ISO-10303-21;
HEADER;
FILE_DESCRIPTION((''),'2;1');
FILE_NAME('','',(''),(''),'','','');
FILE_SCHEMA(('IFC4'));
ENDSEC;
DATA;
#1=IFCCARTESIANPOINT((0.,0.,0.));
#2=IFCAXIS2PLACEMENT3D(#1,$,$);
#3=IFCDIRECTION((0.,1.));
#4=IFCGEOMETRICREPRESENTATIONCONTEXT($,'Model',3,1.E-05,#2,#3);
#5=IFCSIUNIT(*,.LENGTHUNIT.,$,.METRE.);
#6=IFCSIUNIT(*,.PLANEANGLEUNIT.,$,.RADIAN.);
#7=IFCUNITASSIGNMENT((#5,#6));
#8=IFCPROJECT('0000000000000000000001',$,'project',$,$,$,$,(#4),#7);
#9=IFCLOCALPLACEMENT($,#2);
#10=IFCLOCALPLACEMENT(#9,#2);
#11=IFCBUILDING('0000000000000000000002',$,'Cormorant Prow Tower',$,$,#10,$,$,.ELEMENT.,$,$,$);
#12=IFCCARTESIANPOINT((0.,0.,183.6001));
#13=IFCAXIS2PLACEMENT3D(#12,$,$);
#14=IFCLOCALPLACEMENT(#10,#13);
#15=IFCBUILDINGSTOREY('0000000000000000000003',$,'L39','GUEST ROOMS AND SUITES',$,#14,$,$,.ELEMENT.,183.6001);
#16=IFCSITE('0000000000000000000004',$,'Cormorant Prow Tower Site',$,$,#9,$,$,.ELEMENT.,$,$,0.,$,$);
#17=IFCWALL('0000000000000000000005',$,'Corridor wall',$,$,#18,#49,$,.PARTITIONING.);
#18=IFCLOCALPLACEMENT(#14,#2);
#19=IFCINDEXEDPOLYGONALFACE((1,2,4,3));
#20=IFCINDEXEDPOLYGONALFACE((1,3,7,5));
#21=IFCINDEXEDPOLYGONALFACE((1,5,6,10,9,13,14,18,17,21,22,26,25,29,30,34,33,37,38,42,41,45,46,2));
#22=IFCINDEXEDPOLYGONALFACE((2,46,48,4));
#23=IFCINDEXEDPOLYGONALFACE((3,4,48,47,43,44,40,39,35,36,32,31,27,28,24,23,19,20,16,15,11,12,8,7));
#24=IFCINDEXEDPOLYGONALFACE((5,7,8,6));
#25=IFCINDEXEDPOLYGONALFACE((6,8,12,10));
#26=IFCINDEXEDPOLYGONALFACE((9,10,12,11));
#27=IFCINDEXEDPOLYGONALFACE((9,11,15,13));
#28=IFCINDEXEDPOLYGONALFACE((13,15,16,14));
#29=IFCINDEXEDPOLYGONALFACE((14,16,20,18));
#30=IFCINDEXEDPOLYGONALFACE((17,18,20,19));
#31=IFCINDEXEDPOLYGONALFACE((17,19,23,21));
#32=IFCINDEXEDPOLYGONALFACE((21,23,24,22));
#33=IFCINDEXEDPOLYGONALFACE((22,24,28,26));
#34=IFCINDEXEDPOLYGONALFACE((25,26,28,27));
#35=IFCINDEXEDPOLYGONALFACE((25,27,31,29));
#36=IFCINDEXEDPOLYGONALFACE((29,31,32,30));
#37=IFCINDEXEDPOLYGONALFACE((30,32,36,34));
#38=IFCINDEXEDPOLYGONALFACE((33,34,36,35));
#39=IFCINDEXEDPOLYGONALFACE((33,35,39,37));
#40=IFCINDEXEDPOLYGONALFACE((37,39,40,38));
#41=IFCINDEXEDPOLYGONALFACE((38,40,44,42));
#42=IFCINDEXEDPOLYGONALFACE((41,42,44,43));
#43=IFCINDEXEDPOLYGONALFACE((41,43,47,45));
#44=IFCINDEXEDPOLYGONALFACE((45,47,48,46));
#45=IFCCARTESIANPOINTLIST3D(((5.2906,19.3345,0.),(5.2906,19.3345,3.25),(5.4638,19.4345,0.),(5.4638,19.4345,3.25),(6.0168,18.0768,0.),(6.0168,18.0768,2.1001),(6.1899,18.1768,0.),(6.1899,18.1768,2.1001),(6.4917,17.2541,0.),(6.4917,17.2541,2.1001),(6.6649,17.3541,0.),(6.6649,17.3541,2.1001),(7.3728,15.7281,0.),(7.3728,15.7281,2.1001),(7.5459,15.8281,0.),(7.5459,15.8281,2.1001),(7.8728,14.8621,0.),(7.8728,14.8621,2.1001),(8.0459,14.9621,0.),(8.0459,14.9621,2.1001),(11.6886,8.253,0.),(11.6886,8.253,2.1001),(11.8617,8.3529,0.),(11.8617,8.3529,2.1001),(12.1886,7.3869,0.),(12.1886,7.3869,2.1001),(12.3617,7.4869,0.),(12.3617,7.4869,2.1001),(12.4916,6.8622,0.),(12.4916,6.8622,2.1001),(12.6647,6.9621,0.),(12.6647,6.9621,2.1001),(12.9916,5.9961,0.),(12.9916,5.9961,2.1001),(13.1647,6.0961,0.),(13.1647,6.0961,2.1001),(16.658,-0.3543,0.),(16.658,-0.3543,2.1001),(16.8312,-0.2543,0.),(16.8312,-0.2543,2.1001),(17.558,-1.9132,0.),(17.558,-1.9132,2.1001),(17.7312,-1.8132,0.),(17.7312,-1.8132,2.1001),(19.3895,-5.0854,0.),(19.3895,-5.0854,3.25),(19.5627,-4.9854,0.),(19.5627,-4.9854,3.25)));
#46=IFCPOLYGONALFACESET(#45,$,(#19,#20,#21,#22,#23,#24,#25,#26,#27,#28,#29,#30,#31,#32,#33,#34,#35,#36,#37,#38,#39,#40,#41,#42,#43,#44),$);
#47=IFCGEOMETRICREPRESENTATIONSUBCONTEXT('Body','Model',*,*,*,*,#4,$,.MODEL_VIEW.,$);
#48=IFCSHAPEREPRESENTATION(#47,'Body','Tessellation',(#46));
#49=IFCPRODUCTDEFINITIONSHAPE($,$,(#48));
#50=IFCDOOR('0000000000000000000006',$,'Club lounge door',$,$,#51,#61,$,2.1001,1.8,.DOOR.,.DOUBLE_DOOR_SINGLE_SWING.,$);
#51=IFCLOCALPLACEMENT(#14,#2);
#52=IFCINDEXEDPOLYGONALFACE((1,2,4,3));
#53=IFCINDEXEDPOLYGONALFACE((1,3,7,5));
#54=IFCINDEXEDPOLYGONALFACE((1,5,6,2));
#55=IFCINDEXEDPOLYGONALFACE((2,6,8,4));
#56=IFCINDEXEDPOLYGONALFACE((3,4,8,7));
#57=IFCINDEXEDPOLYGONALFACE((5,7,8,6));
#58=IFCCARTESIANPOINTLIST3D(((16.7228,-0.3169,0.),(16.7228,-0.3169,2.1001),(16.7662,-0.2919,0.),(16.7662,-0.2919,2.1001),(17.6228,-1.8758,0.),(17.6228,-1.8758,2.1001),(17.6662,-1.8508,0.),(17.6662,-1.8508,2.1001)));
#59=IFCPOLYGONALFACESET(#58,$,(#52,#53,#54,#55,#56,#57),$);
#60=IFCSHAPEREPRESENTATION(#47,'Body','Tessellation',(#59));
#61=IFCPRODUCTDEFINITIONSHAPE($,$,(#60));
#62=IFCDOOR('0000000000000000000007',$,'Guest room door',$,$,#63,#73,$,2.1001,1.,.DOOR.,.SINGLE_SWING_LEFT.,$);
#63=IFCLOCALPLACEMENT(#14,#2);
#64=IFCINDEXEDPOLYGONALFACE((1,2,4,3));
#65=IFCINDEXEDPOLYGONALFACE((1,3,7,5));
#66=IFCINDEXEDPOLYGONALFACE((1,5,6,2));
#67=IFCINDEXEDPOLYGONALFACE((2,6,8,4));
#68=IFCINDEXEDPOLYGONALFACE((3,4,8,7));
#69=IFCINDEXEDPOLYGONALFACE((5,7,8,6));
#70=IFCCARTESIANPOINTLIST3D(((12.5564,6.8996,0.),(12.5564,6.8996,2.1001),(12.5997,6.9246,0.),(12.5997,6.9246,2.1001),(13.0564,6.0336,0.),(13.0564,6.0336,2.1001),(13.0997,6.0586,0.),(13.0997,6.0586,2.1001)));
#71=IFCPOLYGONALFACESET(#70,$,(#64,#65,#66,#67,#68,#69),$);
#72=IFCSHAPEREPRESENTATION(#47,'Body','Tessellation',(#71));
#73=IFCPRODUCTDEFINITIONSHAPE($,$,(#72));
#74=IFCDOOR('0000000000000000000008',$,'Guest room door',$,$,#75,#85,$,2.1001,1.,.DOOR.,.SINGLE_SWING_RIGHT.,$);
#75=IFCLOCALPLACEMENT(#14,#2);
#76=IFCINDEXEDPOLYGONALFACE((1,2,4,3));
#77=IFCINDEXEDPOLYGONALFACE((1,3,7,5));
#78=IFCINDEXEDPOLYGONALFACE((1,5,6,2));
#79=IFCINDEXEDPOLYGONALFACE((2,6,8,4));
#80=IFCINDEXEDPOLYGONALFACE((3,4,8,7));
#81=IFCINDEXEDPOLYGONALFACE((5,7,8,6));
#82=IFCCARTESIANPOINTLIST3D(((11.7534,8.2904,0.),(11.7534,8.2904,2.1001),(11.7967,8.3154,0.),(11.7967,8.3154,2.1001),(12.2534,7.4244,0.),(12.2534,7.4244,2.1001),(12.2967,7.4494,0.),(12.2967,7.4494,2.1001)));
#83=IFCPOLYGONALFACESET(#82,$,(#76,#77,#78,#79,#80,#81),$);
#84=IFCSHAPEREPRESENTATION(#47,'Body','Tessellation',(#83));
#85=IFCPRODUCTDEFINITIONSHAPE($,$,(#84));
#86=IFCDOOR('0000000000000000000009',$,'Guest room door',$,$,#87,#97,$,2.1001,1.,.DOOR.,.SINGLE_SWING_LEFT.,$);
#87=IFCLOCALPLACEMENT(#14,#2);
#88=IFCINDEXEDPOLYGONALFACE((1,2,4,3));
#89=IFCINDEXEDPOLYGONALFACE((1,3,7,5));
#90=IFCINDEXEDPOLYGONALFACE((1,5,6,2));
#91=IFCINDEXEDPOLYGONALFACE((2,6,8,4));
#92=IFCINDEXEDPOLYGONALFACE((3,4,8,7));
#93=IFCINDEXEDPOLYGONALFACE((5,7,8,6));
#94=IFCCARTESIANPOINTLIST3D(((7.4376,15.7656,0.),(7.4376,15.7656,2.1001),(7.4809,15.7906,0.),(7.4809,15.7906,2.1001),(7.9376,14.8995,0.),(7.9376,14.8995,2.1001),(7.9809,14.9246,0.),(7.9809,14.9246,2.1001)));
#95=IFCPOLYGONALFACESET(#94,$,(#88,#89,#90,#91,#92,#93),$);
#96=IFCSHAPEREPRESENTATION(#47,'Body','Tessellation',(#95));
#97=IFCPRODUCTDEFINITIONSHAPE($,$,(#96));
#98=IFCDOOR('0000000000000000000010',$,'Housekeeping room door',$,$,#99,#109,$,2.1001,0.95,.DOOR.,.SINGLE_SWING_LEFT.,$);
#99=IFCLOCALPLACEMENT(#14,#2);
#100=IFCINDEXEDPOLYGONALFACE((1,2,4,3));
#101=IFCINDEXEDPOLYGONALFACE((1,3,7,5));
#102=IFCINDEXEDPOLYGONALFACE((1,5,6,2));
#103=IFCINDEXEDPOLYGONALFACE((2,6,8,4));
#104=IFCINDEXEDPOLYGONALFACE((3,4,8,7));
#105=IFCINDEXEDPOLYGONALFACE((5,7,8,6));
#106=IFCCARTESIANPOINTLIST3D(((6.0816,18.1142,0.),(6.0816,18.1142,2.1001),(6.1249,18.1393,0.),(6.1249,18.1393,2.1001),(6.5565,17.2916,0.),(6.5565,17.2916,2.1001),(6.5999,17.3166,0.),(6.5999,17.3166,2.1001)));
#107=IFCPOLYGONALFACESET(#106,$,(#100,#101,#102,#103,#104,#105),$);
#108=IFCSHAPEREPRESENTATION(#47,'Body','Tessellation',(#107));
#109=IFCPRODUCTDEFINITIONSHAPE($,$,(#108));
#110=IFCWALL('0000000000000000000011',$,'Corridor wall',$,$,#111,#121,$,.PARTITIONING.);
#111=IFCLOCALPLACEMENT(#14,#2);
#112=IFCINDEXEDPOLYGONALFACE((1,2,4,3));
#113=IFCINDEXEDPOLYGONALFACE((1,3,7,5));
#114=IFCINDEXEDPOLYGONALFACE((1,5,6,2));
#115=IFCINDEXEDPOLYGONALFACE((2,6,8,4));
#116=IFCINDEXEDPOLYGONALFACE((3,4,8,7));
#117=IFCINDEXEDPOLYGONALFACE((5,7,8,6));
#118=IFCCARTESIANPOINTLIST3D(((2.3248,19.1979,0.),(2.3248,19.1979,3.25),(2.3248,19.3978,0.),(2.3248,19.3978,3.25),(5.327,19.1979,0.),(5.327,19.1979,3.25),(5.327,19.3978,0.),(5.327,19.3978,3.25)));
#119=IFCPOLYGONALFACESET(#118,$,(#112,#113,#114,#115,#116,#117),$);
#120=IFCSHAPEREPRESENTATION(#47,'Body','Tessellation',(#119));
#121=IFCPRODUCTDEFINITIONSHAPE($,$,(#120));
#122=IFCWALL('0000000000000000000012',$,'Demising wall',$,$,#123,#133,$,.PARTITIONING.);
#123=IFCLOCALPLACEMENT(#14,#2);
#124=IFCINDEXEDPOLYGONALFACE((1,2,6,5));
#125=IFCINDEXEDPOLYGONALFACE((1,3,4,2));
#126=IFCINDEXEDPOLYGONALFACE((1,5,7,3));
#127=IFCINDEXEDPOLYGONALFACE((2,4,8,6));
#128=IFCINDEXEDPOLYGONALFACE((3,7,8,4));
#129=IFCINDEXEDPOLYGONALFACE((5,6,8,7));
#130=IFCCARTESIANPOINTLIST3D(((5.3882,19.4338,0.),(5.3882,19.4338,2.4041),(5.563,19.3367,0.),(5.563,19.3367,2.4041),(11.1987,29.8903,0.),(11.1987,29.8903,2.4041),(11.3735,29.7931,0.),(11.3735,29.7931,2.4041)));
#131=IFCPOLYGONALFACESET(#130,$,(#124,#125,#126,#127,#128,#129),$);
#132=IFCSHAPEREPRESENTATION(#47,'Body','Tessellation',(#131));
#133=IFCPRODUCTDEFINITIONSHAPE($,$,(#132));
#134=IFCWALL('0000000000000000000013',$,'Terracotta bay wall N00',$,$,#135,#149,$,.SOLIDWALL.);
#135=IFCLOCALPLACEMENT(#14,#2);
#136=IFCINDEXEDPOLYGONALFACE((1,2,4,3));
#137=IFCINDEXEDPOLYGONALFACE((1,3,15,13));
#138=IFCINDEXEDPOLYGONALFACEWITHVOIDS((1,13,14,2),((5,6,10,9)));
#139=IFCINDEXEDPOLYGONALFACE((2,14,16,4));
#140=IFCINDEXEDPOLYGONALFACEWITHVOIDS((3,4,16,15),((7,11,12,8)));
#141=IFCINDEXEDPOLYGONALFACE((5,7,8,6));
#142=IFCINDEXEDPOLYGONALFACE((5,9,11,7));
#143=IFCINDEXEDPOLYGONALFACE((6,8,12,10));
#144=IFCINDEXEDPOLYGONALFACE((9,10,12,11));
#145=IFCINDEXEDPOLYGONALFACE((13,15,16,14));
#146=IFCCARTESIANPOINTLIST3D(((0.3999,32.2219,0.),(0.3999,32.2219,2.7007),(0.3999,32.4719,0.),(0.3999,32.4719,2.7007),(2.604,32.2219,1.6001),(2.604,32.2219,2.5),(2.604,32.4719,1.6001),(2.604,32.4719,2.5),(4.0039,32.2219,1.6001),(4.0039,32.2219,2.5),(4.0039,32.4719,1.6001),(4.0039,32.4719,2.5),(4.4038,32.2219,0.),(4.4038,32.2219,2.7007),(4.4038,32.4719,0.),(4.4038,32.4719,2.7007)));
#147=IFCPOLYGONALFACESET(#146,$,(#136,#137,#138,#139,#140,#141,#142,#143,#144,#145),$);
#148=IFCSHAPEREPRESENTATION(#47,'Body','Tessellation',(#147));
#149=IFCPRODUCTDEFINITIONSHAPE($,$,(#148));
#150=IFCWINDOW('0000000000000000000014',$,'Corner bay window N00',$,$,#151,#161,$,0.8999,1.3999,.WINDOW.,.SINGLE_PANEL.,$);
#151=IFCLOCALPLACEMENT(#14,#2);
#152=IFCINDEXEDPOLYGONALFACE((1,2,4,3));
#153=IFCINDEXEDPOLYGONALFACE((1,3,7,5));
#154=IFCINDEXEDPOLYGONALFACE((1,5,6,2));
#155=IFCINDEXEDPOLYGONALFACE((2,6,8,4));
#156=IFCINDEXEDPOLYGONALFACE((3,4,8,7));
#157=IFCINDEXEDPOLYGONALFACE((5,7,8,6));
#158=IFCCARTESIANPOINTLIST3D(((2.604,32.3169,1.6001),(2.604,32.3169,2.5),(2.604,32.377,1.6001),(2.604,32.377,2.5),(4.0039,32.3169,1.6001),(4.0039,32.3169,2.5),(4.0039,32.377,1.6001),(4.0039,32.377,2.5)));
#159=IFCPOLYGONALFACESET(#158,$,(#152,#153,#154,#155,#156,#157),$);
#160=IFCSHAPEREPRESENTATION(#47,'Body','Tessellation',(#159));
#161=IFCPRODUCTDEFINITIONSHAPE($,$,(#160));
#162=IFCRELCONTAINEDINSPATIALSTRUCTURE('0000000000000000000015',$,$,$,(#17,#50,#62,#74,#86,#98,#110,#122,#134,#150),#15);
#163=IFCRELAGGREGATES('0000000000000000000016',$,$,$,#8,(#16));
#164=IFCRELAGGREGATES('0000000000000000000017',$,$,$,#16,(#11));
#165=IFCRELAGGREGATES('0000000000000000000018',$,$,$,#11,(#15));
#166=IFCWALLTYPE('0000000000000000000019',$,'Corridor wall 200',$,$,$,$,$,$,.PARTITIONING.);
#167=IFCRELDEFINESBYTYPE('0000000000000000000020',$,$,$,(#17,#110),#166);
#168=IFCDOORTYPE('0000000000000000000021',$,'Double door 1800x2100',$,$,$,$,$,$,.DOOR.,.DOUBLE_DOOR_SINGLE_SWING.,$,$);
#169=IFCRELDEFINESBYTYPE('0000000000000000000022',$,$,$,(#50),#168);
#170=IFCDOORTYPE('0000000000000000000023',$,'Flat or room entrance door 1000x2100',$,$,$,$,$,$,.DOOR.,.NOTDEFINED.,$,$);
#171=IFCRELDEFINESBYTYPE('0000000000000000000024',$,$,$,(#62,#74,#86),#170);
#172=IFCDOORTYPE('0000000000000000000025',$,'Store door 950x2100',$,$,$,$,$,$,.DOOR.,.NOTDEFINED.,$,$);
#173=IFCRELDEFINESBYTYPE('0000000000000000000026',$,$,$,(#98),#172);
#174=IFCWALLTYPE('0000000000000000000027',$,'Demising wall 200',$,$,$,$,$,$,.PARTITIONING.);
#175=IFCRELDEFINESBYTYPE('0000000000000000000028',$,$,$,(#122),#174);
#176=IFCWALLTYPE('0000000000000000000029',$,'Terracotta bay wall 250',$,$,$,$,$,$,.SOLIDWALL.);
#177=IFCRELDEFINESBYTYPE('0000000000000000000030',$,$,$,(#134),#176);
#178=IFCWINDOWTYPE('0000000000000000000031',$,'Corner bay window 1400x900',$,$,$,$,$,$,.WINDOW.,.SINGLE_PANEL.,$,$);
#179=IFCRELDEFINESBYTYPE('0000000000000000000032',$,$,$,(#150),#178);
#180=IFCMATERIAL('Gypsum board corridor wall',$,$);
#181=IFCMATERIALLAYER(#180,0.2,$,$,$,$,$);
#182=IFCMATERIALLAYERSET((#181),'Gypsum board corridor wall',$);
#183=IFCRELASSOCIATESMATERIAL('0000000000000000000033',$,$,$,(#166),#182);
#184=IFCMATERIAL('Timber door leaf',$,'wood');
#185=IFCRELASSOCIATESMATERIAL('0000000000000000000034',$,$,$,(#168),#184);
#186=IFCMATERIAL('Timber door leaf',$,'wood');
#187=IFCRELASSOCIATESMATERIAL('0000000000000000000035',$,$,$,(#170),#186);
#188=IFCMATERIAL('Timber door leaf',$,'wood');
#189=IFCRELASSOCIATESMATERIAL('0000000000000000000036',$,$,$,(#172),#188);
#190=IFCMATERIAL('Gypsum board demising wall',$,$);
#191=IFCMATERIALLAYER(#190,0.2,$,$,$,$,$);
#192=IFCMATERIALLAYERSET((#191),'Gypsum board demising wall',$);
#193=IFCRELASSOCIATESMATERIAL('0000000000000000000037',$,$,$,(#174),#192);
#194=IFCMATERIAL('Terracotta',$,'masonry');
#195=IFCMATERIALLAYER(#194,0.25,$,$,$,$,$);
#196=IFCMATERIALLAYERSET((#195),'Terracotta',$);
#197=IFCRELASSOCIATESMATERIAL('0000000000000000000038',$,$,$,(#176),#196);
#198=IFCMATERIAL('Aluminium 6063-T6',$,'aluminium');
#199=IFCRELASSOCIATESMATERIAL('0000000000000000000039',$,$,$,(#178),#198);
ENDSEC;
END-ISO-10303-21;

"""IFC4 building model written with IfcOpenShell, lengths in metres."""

from ifc_helpers import new_model, si_unit, direction, frame, frame_2d, origin, place, context, subcontext, project, spatial, rectangle, extrude, material, layer, layer_set, type_object, element, fill, save


model = new_model("IFC4")

# Units and contexts
model_context = context("Model", 3, precision=1e-05, world=origin(), true_north=direction((0.0, 1.0)))
body_context = subcontext(model_context, "Body", "Model", "MODEL_VIEW")
ifc_project = project(units=[si_unit("LENGTHUNIT", "METRE"), si_unit("PLANEANGLEUNIT", "RADIAN")], contexts=[model_context])

# Site, building, storey
site_placement = place(None, origin())
site = spatial("IfcSite", under=ifc_project, at=site_placement, Name="Cormorant Prow Tower Site", CompositionType="ELEMENT", RefElevation=0.0)
building_placement = place(site_placement, origin())
building = spatial("IfcBuilding", under=site, at=building_placement, Name="Cormorant Prow Tower", CompositionType="ELEMENT")
storey_placement = place(building_placement, frame((0.0, 0.0, 183.6001)))
storey = spatial("IfcBuildingStorey", under=building, at=storey_placement, Name="L39", Description="GUEST ROOMS AND SUITES", CompositionType="ELEMENT", Elevation=183.6001)

# Wall, openings, doors
ifc_material_1 = material(Name="Gypsum board corridor wall")
ifc_layer_1 = layer(ifc_material_1, 0.2)
ifc_layer_set_1 = layer_set([ifc_layer_1], Name="Gypsum board corridor wall")
wall_type_1 = type_object("IfcWallType", Name="Corridor wall 200", PredefinedType="PARTITIONING", material=ifc_layer_set_1)
wall_1_placement = place(storey_placement, frame((5.3772, 19.3845, 0.0), z_axis=(0.0, 0.0, 1.0), x_axis=(0.500001, -0.866025, 0.0)))
wall_1 = element("IfcWall", 1, at=wall_1_placement, inside=storey, type_object=wall_type_1, Name="Corridor wall", PredefinedType="PARTITIONING", context=body_context, shape_type="SweptSolid", body=[
    extrude(rectangle(XDim=28.1978, YDim=0.2, at=frame_2d((14.0989, 0.0))), origin(), (0.0, 0.0, 1.0), 3.25),
])
opening_1_placement = place(wall_1_placement, frame((22.7349, 0.0, 0.0)))
opening_1 = element("IfcOpeningElement", 2, at=opening_1_placement, cuts=wall_1, PredefinedType="OPENING", context=body_context, shape_type="SweptSolid", body=[
    extrude(rectangle(XDim=1.8, YDim=2.1001, at=frame_2d((0.8999, 1.05))), frame((0.0, 0.1099, 0.0), z_axis=(0.0, -1.0, 0.0), x_axis=(1.0, 0.0, 0.0)), (0.0, 0.0, 1.0), 0.22),
])
opening_2_placement = place(wall_1_placement, frame((14.4019, 0.0, 0.0)))
opening_2 = element("IfcOpeningElement", 3, at=opening_2_placement, cuts=wall_1, PredefinedType="OPENING", context=body_context, shape_type="SweptSolid", body=[
    extrude(rectangle(XDim=1.0, YDim=2.1001, at=frame_2d((0.5, 1.05))), frame((0.0, 0.1099, 0.0), z_axis=(0.0, -1.0, 0.0), x_axis=(1.0, 0.0, 0.0)), (0.0, 0.0, 1.0), 0.22),
])
opening_3_placement = place(wall_1_placement, frame((12.7959, 0.0, 0.0)))
opening_3 = element("IfcOpeningElement", 4, at=opening_3_placement, cuts=wall_1, PredefinedType="OPENING", context=body_context, shape_type="SweptSolid", body=[
    extrude(rectangle(XDim=1.0, YDim=2.1001, at=frame_2d((0.5, 1.05))), frame((0.0, 0.1099, 0.0), z_axis=(0.0, -1.0, 0.0), x_axis=(1.0, 0.0, 0.0)), (0.0, 0.0, 1.0), 0.22),
])
opening_4_placement = place(wall_1_placement, frame((4.1643, 0.0, 0.0)))
opening_4 = element("IfcOpeningElement", 5, at=opening_4_placement, cuts=wall_1, PredefinedType="OPENING", context=body_context, shape_type="SweptSolid", body=[
    extrude(rectangle(XDim=1.0, YDim=2.1001, at=frame_2d((0.5, 1.05))), frame((0.0, 0.1099, 0.0), z_axis=(0.0, -1.0, 0.0), x_axis=(1.0, 0.0, 0.0)), (0.0, 0.0, 1.0), 0.22),
])
opening_5_placement = place(wall_1_placement, frame((1.4521, 0.0, 0.0)))
opening_5 = element("IfcOpeningElement", 6, at=opening_5_placement, cuts=wall_1, PredefinedType="OPENING", context=body_context, shape_type="SweptSolid", body=[
    extrude(rectangle(XDim=0.95, YDim=2.1001, at=frame_2d((0.4751, 1.05))), frame((0.0, 0.1099, 0.0), z_axis=(0.0, -1.0, 0.0), x_axis=(1.0, 0.0, 0.0)), (0.0, 0.0, 1.0), 0.22),
])
ifc_material_2 = material(Name="Timber door leaf", Category="wood")
door_type_1 = type_object("IfcDoorType", Name="Double door 1800x2100", OperationType="DOUBLE_DOOR_SINGLE_SWING", PredefinedType="DOOR", material=ifc_material_2)
door_1_placement = place(opening_1_placement, origin())
door_1 = element("IfcDoor", 7, at=door_1_placement, inside=storey, type_object=door_type_1, Name="Club lounge door", OperationType="DOUBLE_DOOR_SINGLE_SWING", OverallHeight=2.1001, OverallWidth=1.8, PredefinedType="DOOR", context=body_context, shape_type="SweptSolid", body=[
    extrude(rectangle(XDim=1.8, YDim=2.1001, at=frame_2d((0.8999, 1.05))), frame((0.0, 0.0249, 0.0), z_axis=(0.0, -1.0, 0.0), x_axis=(1.0, 0.0, 0.0)), (0.0, 0.0, 1.0), 0.05),
])
fill(opening_1, door_1)
ifc_material_3 = material(Name="Timber door leaf", Category="wood")
door_type_2 = type_object("IfcDoorType", Name="Flat or room entrance door 1000x2100", OperationType="NOTDEFINED", PredefinedType="DOOR", material=ifc_material_3)
door_2_placement = place(opening_2_placement, origin())
door_2 = element("IfcDoor", 8, at=door_2_placement, inside=storey, type_object=door_type_2, Name="Guest room door", OperationType="SINGLE_SWING_LEFT", OverallHeight=2.1001, OverallWidth=1.0, PredefinedType="DOOR", context=body_context, shape_type="SweptSolid", body=[
    extrude(rectangle(XDim=1.0, YDim=2.1001, at=frame_2d((0.5, 1.05))), frame((0.0, 0.0249, 0.0), z_axis=(0.0, -1.0, 0.0), x_axis=(1.0, 0.0, 0.0)), (0.0, 0.0, 1.0), 0.05),
])
fill(opening_2, door_2)
door_3_placement = place(opening_3_placement, origin())
door_3 = element("IfcDoor", 9, at=door_3_placement, inside=storey, type_object=door_type_2, Name="Guest room door", OperationType="SINGLE_SWING_RIGHT", OverallHeight=2.1001, OverallWidth=1.0, PredefinedType="DOOR", context=body_context, shape_type="SweptSolid", body=[
    extrude(rectangle(XDim=1.0, YDim=2.1001, at=frame_2d((0.5, 1.05))), frame((0.0, 0.0249, 0.0), z_axis=(0.0, -1.0, 0.0), x_axis=(1.0, 0.0, 0.0)), (0.0, 0.0, 1.0), 0.05),
])
fill(opening_3, door_3)
door_4_placement = place(opening_4_placement, origin())
door_4 = element("IfcDoor", 10, at=door_4_placement, inside=storey, type_object=door_type_2, Name="Guest room door", OperationType="SINGLE_SWING_LEFT", OverallHeight=2.1001, OverallWidth=1.0, PredefinedType="DOOR", context=body_context, shape_type="SweptSolid", body=[
    extrude(rectangle(XDim=1.0, YDim=2.1001, at=frame_2d((0.5, 1.05))), frame((0.0, 0.0249, 0.0), z_axis=(0.0, -1.0, 0.0), x_axis=(1.0, 0.0, 0.0)), (0.0, 0.0, 1.0), 0.05),
])
fill(opening_4, door_4)
ifc_material_4 = material(Name="Timber door leaf", Category="wood")
door_type_3 = type_object("IfcDoorType", Name="Store door 950x2100", OperationType="NOTDEFINED", PredefinedType="DOOR", material=ifc_material_4)
door_5_placement = place(opening_5_placement, origin())
door_5 = element("IfcDoor", 11, at=door_5_placement, inside=storey, type_object=door_type_3, Name="Housekeeping room door", OperationType="SINGLE_SWING_LEFT", OverallHeight=2.1001, OverallWidth=0.95, PredefinedType="DOOR", context=body_context, shape_type="SweptSolid", body=[
    extrude(rectangle(XDim=0.95, YDim=2.1001, at=frame_2d((0.4751, 1.05))), frame((0.0, 0.0249, 0.0), z_axis=(0.0, -1.0, 0.0), x_axis=(1.0, 0.0, 0.0)), (0.0, 0.0, 1.0), 0.05),
])
fill(opening_5, door_5)

# Walls
wall_2_placement = place(storey_placement, frame((2.325, 19.2979, 0.0), z_axis=(0.0, 0.0, 1.0), x_axis=(1.0, 0.0, 0.0)))
element("IfcWall", 12, at=wall_2_placement, inside=storey, type_object=wall_type_1, Name="Corridor wall", PredefinedType="PARTITIONING", context=body_context, shape_type="SweptSolid", body=[
    extrude(rectangle(XDim=3.0022, YDim=0.2, at=frame_2d((1.501, 0.0))), origin(), (0.0, 0.0, 1.0), 3.25),
])
ifc_material_5 = material(Name="Gypsum board demising wall")
ifc_layer_2 = layer(ifc_material_5, 0.2)
ifc_layer_set_2 = layer_set([ifc_layer_2], Name="Gypsum board demising wall")
wall_type_2 = type_object("IfcWallType", Name="Demising wall 200", PredefinedType="PARTITIONING", material=ifc_layer_set_2)
wall_3_placement = place(storey_placement, frame((5.4756, 19.3853, 0.0), z_axis=(0.0, 0.0, 1.0), x_axis=(0.48573, 0.874109, 0.0)))
element("IfcWall", 13, at=wall_3_placement, inside=storey, type_object=wall_type_2, Name="Demising wall", PredefinedType="PARTITIONING", context=body_context, shape_type="SweptSolid", body=[
    extrude(rectangle(XDim=11.9624, YDim=0.2, at=frame_2d((5.9812, 0.0))), origin(), (0.0, 0.0, 1.0), 2.4041),
])

# Wall, opening, window
ifc_material_6 = material(Name="Terracotta", Category="masonry")
ifc_layer_3 = layer(ifc_material_6, 0.25)
ifc_layer_set_3 = layer_set([ifc_layer_3], Name="Terracotta")
wall_type_3 = type_object("IfcWallType", Name="Terracotta bay wall 250", PredefinedType="SOLIDWALL", material=ifc_layer_set_3)
wall_4_placement = place(storey_placement, frame((4.4038, 32.3469, 0.0), z_axis=(0.0, 0.0, 1.0), x_axis=(-1.0, 0.0, 0.0)))
wall_4 = element("IfcWall", 14, at=wall_4_placement, inside=storey, type_object=wall_type_3, Name="Terracotta bay wall N00", PredefinedType="SOLIDWALL", context=body_context, shape_type="SweptSolid", body=[
    extrude(rectangle(XDim=4.0039, YDim=0.25, at=frame_2d((2.002, 0.0))), origin(), (0.0, 0.0, 1.0), 2.7007),
])
opening_6_placement = place(wall_4_placement, frame((0.3999, 0.0, 1.6001)))
opening_6 = element("IfcOpeningElement", 15, at=opening_6_placement, cuts=wall_4, PredefinedType="OPENING", context=body_context, shape_type="SweptSolid", body=[
    extrude(rectangle(XDim=1.3999, YDim=0.8999, at=frame_2d((0.7, 0.45))), frame((0.0, 0.135, 0.0), z_axis=(0.0, -1.0, 0.0), x_axis=(1.0, 0.0, 0.0)), (0.0, 0.0, 1.0), 0.27),
])
ifc_material_7 = material(Name="Aluminium 6063-T6", Category="aluminium")
window_type = type_object("IfcWindowType", Name="Corner bay window 1400x900", PartitioningType="SINGLE_PANEL", PredefinedType="WINDOW", material=ifc_material_7)
window_placement = place(opening_6_placement, origin())
window = element("IfcWindow", 16, at=window_placement, inside=storey, type_object=window_type, Name="Corner bay window N00", OverallHeight=0.8999, OverallWidth=1.3999, PartitioningType="SINGLE_PANEL", PredefinedType="WINDOW", context=body_context, shape_type="SweptSolid", body=[
    extrude(rectangle(XDim=1.3999, YDim=0.8999, at=frame_2d((0.7, 0.45))), frame((0.0, 0.03, 0.0), z_axis=(0.0, -1.0, 0.0), x_axis=(1.0, 0.0, 0.0)), (0.0, 0.0, 1.0), 0.0601),
])
fill(opening_6, window)

save(model, "model.ifc")
